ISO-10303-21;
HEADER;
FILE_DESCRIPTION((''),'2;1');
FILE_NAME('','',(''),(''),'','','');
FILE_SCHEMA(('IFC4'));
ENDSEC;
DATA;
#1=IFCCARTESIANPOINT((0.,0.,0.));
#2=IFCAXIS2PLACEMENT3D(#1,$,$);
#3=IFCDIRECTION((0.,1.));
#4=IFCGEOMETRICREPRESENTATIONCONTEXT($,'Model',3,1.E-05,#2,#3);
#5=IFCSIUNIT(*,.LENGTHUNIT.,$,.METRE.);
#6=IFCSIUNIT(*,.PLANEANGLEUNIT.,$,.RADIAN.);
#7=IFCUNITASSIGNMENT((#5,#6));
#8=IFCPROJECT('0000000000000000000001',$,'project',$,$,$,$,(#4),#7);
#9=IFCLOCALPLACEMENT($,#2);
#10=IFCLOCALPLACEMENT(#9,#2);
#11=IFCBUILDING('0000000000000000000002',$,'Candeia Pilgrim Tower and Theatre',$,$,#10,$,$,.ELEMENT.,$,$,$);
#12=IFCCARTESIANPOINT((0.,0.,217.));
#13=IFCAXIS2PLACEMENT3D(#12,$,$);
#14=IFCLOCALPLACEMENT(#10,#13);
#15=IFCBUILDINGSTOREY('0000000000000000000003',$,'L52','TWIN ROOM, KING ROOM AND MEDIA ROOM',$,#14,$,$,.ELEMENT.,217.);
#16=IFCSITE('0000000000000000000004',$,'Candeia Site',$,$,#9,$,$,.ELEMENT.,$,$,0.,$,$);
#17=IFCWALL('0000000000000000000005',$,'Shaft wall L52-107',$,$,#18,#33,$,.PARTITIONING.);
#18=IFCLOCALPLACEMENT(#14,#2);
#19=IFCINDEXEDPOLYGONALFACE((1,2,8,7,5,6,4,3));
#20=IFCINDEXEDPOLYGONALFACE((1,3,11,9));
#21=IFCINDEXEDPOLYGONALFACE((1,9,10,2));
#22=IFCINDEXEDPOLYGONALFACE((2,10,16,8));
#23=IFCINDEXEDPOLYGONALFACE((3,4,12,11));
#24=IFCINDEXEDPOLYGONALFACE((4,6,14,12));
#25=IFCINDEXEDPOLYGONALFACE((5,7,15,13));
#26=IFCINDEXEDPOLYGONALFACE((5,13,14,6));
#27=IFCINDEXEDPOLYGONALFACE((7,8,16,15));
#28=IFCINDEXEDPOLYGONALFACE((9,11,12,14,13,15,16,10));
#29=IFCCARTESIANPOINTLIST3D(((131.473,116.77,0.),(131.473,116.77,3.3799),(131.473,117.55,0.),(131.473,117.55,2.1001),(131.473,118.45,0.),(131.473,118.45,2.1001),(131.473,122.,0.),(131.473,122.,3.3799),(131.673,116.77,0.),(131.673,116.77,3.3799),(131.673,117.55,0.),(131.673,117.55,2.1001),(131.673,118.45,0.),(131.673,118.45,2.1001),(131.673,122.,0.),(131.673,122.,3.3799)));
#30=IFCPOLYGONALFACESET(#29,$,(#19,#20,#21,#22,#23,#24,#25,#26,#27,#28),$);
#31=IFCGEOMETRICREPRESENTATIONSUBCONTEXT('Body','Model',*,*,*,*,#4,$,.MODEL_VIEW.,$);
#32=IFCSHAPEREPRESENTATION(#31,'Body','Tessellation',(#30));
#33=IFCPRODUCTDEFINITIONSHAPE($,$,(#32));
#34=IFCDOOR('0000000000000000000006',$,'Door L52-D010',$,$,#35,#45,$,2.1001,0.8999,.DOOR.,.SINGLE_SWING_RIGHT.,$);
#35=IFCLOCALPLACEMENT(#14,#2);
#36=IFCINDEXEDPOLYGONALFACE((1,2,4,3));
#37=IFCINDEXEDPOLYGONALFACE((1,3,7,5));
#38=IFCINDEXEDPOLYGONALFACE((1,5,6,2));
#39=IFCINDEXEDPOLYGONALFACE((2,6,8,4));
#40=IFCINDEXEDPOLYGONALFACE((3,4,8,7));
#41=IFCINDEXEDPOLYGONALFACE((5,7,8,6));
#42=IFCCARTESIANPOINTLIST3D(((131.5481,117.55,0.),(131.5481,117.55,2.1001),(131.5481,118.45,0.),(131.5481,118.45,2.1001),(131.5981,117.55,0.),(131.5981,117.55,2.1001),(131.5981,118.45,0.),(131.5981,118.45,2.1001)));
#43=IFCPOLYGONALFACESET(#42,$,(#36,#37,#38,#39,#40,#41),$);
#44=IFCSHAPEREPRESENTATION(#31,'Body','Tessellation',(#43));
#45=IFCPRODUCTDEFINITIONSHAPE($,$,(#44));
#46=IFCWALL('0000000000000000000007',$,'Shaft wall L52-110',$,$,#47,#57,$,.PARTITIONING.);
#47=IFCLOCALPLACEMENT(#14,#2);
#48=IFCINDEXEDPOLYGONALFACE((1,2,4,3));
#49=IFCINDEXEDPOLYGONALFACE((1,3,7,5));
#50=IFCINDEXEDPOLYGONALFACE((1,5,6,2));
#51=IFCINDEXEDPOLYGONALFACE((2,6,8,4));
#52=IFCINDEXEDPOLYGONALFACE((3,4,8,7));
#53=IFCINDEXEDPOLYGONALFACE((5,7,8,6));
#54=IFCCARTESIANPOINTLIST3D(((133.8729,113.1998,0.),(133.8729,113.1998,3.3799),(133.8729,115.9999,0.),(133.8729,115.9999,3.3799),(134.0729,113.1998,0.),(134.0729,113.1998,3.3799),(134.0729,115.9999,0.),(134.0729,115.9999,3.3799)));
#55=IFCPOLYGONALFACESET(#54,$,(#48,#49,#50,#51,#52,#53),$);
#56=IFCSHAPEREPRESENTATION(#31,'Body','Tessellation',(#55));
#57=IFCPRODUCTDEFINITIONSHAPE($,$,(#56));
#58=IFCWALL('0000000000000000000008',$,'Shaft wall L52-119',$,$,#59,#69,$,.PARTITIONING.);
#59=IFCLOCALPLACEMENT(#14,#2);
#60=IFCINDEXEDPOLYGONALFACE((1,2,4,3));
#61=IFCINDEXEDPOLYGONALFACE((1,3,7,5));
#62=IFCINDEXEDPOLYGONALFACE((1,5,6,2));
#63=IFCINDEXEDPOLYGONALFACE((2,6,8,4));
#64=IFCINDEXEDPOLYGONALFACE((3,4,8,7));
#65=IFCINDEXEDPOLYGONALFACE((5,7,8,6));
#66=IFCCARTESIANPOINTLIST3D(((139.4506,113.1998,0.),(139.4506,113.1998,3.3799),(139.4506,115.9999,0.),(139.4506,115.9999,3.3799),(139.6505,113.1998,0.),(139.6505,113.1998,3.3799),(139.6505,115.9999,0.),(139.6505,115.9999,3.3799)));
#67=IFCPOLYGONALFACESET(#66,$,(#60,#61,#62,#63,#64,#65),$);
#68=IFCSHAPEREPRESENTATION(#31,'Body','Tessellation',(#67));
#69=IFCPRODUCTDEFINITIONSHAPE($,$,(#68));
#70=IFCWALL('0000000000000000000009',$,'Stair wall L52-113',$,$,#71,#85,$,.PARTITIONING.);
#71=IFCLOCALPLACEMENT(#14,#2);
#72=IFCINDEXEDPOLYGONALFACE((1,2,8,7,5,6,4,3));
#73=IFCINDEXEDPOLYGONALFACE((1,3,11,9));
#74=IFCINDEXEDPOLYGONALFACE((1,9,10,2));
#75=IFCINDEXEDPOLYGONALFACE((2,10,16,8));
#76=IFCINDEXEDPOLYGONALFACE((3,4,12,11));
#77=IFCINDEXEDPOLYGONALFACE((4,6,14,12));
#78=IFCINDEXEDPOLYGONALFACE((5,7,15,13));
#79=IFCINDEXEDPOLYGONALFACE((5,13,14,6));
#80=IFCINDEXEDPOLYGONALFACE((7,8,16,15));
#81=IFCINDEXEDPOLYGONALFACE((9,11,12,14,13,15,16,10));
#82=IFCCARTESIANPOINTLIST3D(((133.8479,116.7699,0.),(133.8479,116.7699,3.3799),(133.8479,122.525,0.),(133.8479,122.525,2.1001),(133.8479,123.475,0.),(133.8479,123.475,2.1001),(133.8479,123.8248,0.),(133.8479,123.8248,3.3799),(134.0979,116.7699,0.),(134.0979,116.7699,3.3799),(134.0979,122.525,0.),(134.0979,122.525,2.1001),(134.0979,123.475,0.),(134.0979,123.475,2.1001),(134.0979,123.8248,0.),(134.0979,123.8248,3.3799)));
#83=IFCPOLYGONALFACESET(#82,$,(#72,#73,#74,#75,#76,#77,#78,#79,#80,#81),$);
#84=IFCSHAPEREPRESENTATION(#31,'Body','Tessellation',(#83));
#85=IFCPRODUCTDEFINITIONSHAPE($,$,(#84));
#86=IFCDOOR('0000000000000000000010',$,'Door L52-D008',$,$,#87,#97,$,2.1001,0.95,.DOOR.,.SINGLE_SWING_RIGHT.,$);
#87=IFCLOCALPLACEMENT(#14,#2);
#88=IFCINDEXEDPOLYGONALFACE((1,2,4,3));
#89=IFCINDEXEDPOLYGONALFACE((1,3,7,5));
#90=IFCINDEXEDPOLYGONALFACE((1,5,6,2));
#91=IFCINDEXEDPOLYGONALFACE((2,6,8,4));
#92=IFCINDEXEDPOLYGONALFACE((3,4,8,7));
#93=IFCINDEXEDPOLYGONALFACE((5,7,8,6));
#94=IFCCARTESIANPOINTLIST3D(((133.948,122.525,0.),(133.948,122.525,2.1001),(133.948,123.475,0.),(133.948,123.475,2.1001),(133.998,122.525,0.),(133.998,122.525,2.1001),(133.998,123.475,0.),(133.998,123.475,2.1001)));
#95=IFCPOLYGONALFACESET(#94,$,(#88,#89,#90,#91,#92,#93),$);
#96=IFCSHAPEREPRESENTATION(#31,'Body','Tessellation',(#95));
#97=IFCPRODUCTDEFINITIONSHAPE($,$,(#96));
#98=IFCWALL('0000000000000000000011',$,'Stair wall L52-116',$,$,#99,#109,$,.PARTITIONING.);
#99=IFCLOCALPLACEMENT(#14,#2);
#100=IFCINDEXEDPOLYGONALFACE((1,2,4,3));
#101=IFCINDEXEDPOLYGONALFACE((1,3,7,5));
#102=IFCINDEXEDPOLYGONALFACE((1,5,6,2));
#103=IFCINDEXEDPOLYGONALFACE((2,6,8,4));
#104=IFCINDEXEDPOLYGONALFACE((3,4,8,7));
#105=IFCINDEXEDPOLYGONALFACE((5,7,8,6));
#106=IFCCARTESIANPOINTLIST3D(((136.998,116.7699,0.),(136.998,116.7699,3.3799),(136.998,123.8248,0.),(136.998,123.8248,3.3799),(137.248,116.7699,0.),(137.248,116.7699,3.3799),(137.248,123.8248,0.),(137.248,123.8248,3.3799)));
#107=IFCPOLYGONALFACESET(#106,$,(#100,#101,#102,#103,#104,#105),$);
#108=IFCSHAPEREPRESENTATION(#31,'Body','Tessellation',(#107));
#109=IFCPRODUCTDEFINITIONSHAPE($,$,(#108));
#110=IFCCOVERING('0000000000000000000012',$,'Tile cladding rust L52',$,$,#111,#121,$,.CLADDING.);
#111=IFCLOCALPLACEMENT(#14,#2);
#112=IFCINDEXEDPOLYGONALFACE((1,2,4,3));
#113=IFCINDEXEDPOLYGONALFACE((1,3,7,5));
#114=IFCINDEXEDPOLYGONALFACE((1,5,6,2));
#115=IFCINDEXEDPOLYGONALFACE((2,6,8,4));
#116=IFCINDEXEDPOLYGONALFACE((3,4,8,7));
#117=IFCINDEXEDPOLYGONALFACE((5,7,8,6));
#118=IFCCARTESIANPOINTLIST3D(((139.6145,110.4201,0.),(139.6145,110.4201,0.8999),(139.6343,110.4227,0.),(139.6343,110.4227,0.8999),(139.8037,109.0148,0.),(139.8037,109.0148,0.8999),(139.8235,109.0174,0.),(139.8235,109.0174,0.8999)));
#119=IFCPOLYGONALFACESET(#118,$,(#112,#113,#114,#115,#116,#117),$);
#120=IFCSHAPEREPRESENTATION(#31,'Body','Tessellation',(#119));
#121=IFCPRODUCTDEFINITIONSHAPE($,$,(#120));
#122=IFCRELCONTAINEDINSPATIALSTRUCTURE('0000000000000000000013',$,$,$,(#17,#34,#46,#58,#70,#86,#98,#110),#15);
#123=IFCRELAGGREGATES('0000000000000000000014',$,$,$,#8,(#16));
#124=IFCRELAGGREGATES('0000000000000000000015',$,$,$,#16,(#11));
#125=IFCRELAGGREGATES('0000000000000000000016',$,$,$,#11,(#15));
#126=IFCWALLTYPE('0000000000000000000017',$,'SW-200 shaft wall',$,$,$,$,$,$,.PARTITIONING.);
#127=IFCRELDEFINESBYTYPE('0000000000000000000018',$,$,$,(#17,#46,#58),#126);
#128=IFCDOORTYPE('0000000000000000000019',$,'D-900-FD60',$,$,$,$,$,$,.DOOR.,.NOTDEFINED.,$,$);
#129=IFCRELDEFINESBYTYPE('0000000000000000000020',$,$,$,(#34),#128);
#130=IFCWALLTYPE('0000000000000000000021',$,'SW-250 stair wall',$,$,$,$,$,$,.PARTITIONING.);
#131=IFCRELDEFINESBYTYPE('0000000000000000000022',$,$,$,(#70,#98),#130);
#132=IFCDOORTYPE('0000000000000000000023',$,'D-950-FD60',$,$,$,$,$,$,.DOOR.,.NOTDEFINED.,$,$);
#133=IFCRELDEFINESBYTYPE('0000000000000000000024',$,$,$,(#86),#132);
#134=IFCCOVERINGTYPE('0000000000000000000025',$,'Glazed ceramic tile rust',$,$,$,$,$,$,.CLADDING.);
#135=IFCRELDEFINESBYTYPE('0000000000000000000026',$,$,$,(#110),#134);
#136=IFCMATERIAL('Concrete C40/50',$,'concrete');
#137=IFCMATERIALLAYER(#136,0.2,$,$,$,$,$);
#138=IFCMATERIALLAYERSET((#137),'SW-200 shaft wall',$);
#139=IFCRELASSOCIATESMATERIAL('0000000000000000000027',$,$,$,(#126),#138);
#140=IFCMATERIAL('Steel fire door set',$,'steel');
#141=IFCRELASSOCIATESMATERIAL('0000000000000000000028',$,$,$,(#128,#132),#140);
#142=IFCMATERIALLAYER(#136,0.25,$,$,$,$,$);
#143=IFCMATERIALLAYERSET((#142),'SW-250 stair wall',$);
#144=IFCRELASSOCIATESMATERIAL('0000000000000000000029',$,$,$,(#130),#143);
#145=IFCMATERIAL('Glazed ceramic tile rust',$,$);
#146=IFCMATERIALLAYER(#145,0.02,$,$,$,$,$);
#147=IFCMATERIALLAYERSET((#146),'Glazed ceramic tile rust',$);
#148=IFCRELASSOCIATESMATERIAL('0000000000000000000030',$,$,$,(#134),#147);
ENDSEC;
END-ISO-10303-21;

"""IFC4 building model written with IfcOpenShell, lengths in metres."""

from ifc_helpers import new_model, si_unit, direction, frame, frame_2d, origin, origin_2d, place, context, subcontext, project, spatial, rectangle, extrude, material, layer, layer_set, type_object, element, fill, save


model = new_model("IFC4")

# Units and contexts
model_context = context("Model", 3, precision=1e-05, world=origin(), true_north=direction((0.0, 1.0)))
body_context = subcontext(model_context, "Body", "Model", "MODEL_VIEW")
ifc_project = project(units=[si_unit("LENGTHUNIT", "METRE"), si_unit("PLANEANGLEUNIT", "RADIAN")], contexts=[model_context])

# Site, building, storey
site_placement = place(None, origin())
site = spatial("IfcSite", under=ifc_project, at=site_placement, Name="Candeia Site", CompositionType="ELEMENT", RefElevation=0.0)
building_placement = place(site_placement, origin())
building = spatial("IfcBuilding", under=site, at=building_placement, Name="Candeia Pilgrim Tower and Theatre", CompositionType="ELEMENT")
storey_placement = place(building_placement, frame((0.0, 0.0, 217.0)))
storey = spatial("IfcBuildingStorey", under=building, at=storey_placement, Name="L52", Description="TWIN ROOM, KING ROOM AND MEDIA ROOM", CompositionType="ELEMENT", Elevation=217.0)

# Shared definitions
ifc_material_1 = material(Name="Steel fire door set", Category="steel")

# Shared definitions
ifc_material_2 = material(Name="Concrete C40/50", Category="concrete")
ifc_layer_1 = layer(ifc_material_2, 0.2)
ifc_layer_set_1 = layer_set([ifc_layer_1], Name="SW-200 shaft wall")
wall_type_1 = type_object("IfcWallType", Name="SW-200 shaft wall", PredefinedType="PARTITIONING", material=ifc_layer_set_1)
door_type_1 = type_object("IfcDoorType", Name="D-900-FD60", OperationType="NOTDEFINED", PredefinedType="DOOR", material=ifc_material_1)

# Wall, opening, door
wall_1_placement = place(storey_placement, frame((131.573, 116.77, 0.0), z_axis=(0.0, 0.0, 1.0), x_axis=(0.0, 1.0, 0.0)))
wall_1 = element("IfcWall", 1, at=wall_1_placement, inside=storey, type_object=wall_type_1, Name="Shaft wall L52-107", PredefinedType="PARTITIONING", context=body_context, shape_type="SweptSolid", body=[
    extrude(rectangle(XDim=5.23, YDim=0.2, at=frame_2d((2.615, 0.0))), origin(), (0.0, 0.0, 1.0), 3.3799),
])
opening_1_placement = place(wall_1_placement, frame((0.78, 0.0, 0.0)))
opening_1 = element("IfcOpeningElement", 2, at=opening_1_placement, cuts=wall_1, PredefinedType="OPENING", context=body_context, shape_type="SweptSolid", body=[
    extrude(rectangle(XDim=0.8999, YDim=2.1001, at=frame_2d((0.45, 1.05))), frame((0.0, 0.1099, 0.0), z_axis=(0.0, -1.0, 0.0), x_axis=(1.0, 0.0, 0.0)), (0.0, 0.0, 1.0), 0.22),
])
door_1_placement = place(opening_1_placement, origin())
door_1 = element("IfcDoor", 3, at=door_1_placement, inside=storey, type_object=door_type_1, Name="Door L52-D010", OperationType="SINGLE_SWING_RIGHT", OverallHeight=2.1001, OverallWidth=0.8999, PredefinedType="DOOR", context=body_context, shape_type="SweptSolid", body=[
    extrude(rectangle(XDim=0.8999, YDim=2.1001, at=frame_2d((0.45, 1.05))), frame((0.0, 0.0249, 0.0), z_axis=(0.0, -1.0, 0.0), x_axis=(1.0, 0.0, 0.0)), (0.0, 0.0, 1.0), 0.05),
])
fill(opening_1, door_1)

# Walls
for number, where, z_axis, x_axis, name in (
    (4, (133.9729, 113.2, 0.0), (0.0, 0.0, 1.0), (0.0, 1.0, 0.0), "Shaft wall L52-110"),
    (5, (139.5505, 113.2, 0.0), (0.0, 0.0, 1.0), (0.0, 1.0, 0.0), "Shaft wall L52-119"),
):
    element("IfcWall", number, at=place(storey_placement, frame(where, z_axis=z_axis, x_axis=x_axis)), inside=storey, type_object=wall_type_1, Name=name, PredefinedType="PARTITIONING", context=body_context, shape_type="SweptSolid", body=[
        extrude(rectangle(XDim=2.8, YDim=0.2, at=frame_2d((1.3999, 0.0))), origin(), (0.0, 0.0, 1.0), 3.3799),
    ])

# Wall, opening, door
ifc_layer_2 = layer(ifc_material_2, 0.25)
ifc_layer_set_2 = layer_set([ifc_layer_2], Name="SW-250 stair wall")
wall_type_2 = type_object("IfcWallType", Name="SW-250 stair wall", PredefinedType="PARTITIONING", material=ifc_layer_set_2)
wall_2_placement = place(storey_placement, frame((133.9729, 116.77, 0.0), z_axis=(0.0, 0.0, 1.0), x_axis=(0.0, 1.0, 0.0)))
wall_2 = element("IfcWall", 6, at=wall_2_placement, inside=storey, type_object=wall_type_2, Name="Stair wall L52-113", PredefinedType="PARTITIONING", context=body_context, shape_type="SweptSolid", body=[
    extrude(rectangle(XDim=7.0549, YDim=0.25, at=frame_2d((3.5273, 0.0))), origin(), (0.0, 0.0, 1.0), 3.3799),
])
opening_2_placement = place(wall_2_placement, frame((5.7549, 0.0, 0.0)))
opening_2 = element("IfcOpeningElement", 7, at=opening_2_placement, cuts=wall_2, PredefinedType="OPENING", context=body_context, shape_type="SweptSolid", body=[
    extrude(rectangle(XDim=0.95, YDim=2.1001, at=frame_2d((0.4751, 1.05))), frame((0.0, 0.135, 0.0), z_axis=(0.0, -1.0, 0.0), x_axis=(1.0, 0.0, 0.0)), (0.0, 0.0, 1.0), 0.27),
])
door_type_2 = type_object("IfcDoorType", Name="D-950-FD60", OperationType="NOTDEFINED", PredefinedType="DOOR", material=ifc_material_1)
door_2_placement = place(opening_2_placement, origin())
door_2 = element("IfcDoor", 8, at=door_2_placement, inside=storey, type_object=door_type_2, Name="Door L52-D008", OperationType="SINGLE_SWING_RIGHT", OverallHeight=2.1001, OverallWidth=0.95, PredefinedType="DOOR", context=body_context, shape_type="SweptSolid", body=[
    extrude(rectangle(XDim=0.95, YDim=2.1001, at=frame_2d((0.4751, 1.05))), frame((0.0, 0.0249, 0.0), z_axis=(0.0, -1.0, 0.0), x_axis=(1.0, 0.0, 0.0)), (0.0, 0.0, 1.0), 0.05),
])
fill(opening_2, door_2)

# Wall
wall_3_placement = place(storey_placement, frame((137.123, 116.77, 0.0), z_axis=(0.0, 0.0, 1.0), x_axis=(0.0, 1.0, 0.0)))
element("IfcWall", 9, at=wall_3_placement, inside=storey, type_object=wall_type_2, Name="Stair wall L52-116", PredefinedType="PARTITIONING", context=body_context, shape_type="SweptSolid", body=[
    extrude(rectangle(XDim=7.0549, YDim=0.25, at=frame_2d((3.5273, 0.0))), origin(), (0.0, 0.0, 1.0), 3.3799),
])

# Covering
ifc_material_3 = material(Name="Glazed ceramic tile rust")
ifc_layer_3 = layer(ifc_material_3, 0.02)
ifc_layer_set_3 = layer_set([ifc_layer_3], Name="Glazed ceramic tile rust")
covering_type = type_object("IfcCoveringType", Name="Glazed ceramic tile rust", PredefinedType="CLADDING", material=ifc_layer_set_3)
covering_placement = place(storey_placement, frame((139.719, 109.7188, 0.0), z_axis=(0.0, 0.0, 1.0), x_axis=(-0.133412, 0.991061, 0.0)))
element("IfcCovering", 10, at=covering_placement, inside=storey, type_object=covering_type, Name="Tile cladding rust L52", PredefinedType="CLADDING", context=body_context, shape_type="SweptSolid", body=[
    extrude(rectangle(XDim=1.418, YDim=0.02, at=origin_2d()), origin(), (0.0, 0.0, 1.0), 0.8999),
])

save(model, "model.ifc")
